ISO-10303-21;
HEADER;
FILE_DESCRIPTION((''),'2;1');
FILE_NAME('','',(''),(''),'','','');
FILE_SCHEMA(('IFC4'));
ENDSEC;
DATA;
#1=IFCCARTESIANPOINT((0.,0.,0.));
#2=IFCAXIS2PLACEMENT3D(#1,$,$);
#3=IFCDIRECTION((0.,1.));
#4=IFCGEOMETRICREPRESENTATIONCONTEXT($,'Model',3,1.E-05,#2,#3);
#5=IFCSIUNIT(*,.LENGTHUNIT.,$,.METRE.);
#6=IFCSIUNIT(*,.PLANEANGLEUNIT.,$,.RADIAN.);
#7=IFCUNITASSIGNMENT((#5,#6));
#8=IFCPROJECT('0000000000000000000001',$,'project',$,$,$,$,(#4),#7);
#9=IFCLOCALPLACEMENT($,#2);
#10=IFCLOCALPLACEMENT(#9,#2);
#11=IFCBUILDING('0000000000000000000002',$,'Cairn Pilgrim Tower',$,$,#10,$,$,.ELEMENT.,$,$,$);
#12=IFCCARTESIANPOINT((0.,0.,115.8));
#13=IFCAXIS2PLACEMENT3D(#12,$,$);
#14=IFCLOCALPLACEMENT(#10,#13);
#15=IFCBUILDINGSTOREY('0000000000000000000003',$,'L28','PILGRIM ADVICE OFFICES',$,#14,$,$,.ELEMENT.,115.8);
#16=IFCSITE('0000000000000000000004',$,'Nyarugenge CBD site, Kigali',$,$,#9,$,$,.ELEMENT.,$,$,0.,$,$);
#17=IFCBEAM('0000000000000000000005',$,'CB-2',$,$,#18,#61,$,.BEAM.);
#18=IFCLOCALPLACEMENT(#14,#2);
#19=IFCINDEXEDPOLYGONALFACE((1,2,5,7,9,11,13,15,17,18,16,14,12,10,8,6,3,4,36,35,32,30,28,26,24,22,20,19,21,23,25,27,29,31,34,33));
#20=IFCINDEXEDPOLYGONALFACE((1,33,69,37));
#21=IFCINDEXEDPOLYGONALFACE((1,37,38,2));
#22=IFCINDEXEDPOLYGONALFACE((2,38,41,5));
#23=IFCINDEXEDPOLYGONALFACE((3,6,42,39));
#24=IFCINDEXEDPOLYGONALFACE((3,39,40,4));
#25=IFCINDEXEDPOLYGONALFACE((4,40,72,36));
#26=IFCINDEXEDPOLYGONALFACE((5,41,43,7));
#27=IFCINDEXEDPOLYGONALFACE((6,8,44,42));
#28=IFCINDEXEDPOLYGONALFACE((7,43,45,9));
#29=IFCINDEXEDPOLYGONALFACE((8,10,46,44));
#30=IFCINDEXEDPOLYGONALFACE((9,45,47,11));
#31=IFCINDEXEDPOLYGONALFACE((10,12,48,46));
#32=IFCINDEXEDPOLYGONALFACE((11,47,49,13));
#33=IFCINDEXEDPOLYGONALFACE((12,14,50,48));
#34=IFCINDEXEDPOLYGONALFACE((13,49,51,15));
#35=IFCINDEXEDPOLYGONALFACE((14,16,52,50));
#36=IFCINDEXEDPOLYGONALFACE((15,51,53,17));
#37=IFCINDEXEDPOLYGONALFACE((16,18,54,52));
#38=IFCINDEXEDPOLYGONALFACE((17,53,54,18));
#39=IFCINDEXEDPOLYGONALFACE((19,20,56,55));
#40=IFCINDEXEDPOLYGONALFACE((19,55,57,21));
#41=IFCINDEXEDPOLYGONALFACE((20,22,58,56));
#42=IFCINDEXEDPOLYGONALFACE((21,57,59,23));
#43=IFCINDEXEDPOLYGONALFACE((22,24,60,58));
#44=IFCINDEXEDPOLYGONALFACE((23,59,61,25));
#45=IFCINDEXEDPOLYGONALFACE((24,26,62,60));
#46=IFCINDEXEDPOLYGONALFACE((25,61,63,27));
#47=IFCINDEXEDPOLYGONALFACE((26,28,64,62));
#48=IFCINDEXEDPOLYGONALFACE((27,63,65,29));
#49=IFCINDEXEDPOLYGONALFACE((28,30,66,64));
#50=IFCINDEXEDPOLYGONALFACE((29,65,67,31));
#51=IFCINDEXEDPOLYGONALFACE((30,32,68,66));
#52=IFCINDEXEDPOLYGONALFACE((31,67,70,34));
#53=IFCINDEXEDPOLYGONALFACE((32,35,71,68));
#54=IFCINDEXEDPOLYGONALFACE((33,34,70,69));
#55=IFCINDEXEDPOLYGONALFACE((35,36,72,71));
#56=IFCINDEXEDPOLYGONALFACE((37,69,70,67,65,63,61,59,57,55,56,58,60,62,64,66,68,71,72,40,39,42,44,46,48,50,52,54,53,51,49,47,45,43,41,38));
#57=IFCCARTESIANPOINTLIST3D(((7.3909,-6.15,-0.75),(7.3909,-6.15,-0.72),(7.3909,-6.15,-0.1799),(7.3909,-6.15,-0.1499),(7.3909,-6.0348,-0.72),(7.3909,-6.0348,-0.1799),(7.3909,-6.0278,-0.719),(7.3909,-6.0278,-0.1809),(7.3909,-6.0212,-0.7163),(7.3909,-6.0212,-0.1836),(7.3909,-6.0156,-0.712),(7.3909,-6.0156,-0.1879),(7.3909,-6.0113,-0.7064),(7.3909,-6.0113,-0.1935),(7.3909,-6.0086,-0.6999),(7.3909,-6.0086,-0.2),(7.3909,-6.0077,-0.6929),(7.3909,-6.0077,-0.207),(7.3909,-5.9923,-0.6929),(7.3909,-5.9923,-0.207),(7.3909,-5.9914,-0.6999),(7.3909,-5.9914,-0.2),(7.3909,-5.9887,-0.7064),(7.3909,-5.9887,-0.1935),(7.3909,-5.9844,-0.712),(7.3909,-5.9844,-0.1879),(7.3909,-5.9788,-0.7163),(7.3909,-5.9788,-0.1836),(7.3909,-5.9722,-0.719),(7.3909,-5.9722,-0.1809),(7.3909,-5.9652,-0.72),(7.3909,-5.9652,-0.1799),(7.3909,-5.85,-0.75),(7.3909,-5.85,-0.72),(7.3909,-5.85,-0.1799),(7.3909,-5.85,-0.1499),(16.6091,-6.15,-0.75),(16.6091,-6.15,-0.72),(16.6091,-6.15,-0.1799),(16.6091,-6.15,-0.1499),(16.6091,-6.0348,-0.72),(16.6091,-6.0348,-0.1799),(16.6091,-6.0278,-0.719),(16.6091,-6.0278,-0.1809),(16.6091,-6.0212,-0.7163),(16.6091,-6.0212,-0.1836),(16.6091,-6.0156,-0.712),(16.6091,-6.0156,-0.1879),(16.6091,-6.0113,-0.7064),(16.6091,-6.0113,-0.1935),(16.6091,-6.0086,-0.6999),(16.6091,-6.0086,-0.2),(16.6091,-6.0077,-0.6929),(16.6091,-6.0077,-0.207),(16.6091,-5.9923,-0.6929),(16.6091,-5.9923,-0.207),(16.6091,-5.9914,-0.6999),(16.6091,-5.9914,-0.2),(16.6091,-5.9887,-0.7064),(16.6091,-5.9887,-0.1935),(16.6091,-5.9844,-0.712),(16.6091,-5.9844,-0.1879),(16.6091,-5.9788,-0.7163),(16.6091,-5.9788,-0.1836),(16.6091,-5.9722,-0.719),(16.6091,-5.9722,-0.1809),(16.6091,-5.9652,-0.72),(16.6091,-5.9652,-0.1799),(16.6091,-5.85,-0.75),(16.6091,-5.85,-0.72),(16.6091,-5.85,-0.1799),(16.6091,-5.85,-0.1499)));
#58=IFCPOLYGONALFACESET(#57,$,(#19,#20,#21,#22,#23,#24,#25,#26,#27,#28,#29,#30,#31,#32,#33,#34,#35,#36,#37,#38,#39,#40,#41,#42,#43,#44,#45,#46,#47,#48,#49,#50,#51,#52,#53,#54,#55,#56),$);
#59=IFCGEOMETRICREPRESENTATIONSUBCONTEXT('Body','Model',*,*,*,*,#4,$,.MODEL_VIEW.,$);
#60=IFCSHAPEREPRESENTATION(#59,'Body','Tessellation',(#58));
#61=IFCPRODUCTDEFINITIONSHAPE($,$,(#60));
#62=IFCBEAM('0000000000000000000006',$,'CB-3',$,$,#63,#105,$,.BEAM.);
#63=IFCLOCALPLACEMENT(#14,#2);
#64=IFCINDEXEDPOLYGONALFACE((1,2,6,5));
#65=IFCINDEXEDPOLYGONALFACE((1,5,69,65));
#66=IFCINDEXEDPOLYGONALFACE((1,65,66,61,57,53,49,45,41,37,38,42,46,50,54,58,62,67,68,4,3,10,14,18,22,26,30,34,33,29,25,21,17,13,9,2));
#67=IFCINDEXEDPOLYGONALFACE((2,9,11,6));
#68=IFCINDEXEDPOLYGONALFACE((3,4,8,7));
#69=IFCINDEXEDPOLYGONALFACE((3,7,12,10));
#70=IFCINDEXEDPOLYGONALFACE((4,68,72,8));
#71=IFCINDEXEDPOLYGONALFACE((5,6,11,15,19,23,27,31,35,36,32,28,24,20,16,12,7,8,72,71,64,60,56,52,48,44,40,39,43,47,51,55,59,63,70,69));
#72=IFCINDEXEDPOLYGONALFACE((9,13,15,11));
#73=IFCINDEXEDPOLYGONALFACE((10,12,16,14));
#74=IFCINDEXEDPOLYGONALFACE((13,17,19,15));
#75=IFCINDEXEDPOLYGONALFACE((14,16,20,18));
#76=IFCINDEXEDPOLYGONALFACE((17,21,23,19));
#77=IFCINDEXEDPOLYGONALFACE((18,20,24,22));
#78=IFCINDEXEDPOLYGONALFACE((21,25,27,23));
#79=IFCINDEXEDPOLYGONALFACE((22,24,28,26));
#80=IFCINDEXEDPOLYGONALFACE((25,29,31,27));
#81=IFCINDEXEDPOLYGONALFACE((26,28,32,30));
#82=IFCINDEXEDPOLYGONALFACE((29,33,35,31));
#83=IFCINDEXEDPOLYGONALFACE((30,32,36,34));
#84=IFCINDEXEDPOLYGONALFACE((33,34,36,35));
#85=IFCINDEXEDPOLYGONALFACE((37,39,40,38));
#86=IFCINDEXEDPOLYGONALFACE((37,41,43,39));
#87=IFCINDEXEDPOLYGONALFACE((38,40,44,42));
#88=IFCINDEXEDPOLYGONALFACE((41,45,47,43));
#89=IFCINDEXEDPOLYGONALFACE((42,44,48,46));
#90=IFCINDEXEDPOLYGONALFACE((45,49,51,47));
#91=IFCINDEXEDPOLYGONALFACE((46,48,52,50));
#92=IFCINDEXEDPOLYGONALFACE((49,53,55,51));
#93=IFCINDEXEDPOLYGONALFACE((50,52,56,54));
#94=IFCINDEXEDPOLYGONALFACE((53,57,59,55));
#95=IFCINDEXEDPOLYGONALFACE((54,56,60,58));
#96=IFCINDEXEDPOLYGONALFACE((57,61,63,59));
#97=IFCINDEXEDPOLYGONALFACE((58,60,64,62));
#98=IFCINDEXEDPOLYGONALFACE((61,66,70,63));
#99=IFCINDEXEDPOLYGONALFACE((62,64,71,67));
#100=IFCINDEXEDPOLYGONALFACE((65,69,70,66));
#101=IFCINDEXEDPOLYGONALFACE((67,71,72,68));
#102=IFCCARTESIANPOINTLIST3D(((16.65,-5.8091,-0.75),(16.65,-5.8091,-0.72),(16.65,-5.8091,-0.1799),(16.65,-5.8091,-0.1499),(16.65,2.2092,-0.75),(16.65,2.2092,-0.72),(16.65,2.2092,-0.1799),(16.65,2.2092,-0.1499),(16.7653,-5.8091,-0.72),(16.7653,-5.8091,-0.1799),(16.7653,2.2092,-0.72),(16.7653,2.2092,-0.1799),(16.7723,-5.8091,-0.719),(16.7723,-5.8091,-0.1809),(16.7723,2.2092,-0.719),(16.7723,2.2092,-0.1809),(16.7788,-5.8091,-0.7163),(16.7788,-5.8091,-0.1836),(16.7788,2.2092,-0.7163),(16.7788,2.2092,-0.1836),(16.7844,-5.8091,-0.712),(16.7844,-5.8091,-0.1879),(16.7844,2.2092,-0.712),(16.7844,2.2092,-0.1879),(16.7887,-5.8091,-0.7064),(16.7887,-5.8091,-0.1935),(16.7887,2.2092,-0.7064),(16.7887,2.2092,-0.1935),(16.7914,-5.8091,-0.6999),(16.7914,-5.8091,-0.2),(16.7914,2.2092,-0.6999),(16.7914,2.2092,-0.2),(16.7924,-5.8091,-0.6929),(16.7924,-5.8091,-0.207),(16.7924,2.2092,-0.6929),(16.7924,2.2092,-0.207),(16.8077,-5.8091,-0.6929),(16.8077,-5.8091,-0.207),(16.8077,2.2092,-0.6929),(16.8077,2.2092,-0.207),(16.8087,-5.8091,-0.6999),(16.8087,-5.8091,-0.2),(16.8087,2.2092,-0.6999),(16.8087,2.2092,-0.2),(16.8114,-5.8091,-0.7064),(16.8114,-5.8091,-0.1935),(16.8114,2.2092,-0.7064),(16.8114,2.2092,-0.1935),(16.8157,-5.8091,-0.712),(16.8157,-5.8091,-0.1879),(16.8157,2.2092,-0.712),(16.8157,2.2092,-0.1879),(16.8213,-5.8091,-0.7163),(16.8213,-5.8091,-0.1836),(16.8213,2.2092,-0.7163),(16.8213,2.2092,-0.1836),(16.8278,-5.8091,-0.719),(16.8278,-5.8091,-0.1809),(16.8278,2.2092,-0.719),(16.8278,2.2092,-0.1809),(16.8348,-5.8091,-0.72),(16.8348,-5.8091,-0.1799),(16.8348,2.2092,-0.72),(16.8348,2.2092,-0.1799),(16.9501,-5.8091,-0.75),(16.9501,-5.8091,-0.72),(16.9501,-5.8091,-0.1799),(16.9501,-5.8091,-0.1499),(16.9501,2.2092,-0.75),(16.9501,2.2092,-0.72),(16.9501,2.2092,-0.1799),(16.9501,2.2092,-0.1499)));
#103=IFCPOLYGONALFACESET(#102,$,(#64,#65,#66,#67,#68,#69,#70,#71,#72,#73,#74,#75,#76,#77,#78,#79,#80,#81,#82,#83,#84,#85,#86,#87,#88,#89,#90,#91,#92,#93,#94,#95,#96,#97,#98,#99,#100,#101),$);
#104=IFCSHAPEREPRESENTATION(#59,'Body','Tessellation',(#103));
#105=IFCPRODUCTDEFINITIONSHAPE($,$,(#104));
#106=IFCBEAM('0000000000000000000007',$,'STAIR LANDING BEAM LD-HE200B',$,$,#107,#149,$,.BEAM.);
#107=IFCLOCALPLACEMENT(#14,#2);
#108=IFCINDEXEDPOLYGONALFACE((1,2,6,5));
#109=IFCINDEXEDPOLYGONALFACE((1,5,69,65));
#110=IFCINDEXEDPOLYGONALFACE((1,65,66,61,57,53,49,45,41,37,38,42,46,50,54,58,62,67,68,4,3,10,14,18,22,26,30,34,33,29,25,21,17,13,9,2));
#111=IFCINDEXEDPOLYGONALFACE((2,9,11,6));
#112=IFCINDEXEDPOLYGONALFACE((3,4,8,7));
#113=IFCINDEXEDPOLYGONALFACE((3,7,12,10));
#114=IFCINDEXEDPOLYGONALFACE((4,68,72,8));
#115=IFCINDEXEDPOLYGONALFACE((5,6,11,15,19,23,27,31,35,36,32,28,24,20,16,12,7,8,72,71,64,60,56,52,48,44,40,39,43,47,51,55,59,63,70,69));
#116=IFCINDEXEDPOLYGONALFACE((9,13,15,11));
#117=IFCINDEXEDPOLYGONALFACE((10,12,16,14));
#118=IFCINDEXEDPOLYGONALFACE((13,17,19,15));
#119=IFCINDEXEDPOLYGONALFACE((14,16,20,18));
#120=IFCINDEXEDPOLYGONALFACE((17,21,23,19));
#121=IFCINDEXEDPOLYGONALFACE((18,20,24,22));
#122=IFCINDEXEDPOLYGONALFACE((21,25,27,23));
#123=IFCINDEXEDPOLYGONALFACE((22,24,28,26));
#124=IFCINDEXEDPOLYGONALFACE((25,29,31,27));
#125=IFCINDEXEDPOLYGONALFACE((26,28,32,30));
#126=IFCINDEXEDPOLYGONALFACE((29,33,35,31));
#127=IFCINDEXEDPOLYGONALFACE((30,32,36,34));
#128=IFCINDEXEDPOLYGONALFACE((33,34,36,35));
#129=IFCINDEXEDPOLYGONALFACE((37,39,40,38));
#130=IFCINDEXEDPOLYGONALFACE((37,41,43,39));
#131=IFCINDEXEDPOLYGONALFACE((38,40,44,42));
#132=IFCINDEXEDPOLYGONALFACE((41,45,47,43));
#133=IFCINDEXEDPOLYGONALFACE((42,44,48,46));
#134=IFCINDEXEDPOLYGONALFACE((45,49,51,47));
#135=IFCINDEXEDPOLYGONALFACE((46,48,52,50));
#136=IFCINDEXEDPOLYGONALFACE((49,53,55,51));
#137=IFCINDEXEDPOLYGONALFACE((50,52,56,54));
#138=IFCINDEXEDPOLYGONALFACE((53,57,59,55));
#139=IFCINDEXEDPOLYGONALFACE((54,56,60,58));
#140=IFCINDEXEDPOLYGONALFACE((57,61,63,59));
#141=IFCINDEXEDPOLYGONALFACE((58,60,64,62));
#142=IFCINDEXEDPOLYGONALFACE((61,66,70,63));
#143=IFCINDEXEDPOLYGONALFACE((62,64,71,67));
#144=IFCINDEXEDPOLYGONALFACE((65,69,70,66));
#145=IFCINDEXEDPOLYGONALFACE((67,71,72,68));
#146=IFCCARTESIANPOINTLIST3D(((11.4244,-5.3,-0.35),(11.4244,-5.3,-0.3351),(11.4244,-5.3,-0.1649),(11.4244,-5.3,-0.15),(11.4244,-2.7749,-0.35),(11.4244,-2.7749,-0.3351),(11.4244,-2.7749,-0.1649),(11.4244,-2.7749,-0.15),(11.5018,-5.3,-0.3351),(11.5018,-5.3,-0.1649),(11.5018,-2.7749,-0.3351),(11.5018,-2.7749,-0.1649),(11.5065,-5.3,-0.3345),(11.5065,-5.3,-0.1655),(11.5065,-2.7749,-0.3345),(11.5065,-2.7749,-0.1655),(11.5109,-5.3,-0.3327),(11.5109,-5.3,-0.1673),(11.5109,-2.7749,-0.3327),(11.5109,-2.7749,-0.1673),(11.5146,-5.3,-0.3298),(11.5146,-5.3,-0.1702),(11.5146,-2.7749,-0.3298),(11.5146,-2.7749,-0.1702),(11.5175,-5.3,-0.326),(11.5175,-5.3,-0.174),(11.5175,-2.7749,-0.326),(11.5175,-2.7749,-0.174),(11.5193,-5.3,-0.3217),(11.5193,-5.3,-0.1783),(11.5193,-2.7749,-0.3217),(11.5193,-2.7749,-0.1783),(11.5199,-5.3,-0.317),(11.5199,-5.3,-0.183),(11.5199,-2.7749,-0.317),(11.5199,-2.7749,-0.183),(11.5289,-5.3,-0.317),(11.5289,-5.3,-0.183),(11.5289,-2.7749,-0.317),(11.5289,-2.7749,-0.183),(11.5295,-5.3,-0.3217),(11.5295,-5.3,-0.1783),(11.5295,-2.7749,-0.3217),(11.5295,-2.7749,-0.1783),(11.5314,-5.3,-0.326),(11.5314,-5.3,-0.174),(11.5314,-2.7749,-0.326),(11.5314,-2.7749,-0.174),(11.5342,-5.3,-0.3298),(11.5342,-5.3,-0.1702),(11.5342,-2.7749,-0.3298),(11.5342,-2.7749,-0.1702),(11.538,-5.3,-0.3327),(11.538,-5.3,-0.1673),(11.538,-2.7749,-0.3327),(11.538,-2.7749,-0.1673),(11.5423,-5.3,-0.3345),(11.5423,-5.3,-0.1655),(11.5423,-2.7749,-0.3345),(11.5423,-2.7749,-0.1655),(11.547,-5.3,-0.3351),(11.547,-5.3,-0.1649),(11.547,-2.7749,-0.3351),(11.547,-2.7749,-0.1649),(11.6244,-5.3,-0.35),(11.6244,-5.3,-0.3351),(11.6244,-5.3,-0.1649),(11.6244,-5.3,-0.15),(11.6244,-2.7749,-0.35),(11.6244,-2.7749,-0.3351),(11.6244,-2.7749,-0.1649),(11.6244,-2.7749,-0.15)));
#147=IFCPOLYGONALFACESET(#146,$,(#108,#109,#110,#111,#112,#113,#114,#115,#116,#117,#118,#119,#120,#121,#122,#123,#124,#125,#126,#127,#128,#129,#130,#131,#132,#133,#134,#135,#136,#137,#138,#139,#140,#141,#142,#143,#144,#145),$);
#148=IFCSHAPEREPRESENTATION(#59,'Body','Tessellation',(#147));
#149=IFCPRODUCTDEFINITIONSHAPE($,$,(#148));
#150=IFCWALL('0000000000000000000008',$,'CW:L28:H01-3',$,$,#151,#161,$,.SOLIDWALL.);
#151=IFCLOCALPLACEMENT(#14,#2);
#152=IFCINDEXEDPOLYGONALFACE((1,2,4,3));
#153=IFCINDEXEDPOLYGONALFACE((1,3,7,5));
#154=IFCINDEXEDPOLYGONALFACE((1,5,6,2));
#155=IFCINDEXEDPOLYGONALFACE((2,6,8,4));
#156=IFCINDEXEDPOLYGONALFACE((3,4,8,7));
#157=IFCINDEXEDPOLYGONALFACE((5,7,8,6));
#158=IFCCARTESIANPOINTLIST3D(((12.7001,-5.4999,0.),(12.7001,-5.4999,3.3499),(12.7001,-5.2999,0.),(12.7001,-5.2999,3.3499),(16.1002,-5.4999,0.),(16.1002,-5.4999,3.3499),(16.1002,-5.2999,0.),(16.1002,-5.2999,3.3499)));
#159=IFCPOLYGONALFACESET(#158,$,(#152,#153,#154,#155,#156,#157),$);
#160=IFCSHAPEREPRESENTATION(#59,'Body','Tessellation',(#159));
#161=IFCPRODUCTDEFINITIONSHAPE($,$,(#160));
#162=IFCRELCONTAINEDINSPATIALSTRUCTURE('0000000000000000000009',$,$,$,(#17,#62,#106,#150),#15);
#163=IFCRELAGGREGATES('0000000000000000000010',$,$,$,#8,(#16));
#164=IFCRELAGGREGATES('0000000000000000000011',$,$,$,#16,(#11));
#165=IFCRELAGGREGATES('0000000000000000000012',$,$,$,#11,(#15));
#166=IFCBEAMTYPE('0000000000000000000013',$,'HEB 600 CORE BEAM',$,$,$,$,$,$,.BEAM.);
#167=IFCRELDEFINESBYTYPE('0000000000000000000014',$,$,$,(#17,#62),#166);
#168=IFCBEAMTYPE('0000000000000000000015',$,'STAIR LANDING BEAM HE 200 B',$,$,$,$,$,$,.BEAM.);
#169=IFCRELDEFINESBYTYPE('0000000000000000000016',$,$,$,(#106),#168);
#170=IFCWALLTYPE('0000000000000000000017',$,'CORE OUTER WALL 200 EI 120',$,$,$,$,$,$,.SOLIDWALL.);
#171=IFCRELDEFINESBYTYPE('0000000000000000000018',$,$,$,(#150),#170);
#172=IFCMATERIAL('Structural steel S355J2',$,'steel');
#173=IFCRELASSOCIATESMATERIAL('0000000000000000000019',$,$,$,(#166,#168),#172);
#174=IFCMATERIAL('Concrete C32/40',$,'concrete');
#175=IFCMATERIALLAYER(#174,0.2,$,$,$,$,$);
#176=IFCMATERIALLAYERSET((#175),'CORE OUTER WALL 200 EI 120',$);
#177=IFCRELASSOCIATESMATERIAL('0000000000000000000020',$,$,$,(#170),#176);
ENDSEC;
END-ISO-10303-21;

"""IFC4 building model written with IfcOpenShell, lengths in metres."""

from ifc_helpers import new_model, si_unit, direction, frame, frame_2d, origin, origin_2d, place, context, subcontext, project, spatial, rectangle, i_section, extrude, material, layer, layer_set, material_profile, profile_set, type_object, element, save


model = new_model("IFC4")

# Units and contexts
model_context = context("Model", 3, precision=1e-05, world=origin(), true_north=direction((0.0, 1.0)))
body_context = subcontext(model_context, "Body", "Model", "MODEL_VIEW")
ifc_project = project(units=[si_unit("LENGTHUNIT", "METRE"), si_unit("PLANEANGLEUNIT", "RADIAN")], contexts=[model_context])

# Site, building, storey
site_placement = place(None, origin())
site = spatial("IfcSite", under=ifc_project, at=site_placement, Name="Nyarugenge CBD site, Kigali", CompositionType="ELEMENT", RefElevation=0.0)
building_placement = place(site_placement, origin())
building = spatial("IfcBuilding", under=site, at=building_placement, Name="Cairn Pilgrim Tower", CompositionType="ELEMENT")
storey_placement = place(building_placement, frame((0.0, 0.0, 115.8)))
storey = spatial("IfcBuildingStorey", under=building, at=storey_placement, Name="L28", Description="PILGRIM ADVICE OFFICES", CompositionType="ELEMENT", Elevation=115.8)

# Beams
ifc_material_1 = material(Name="Structural steel S355J2", Category="steel")
ifc_material_profile_1 = material_profile(ifc_material_1, i_section(OverallWidth=0.3, OverallDepth=0.6001, WebThickness=0.0154, FlangeThickness=0.03, FilletRadius=0.0271, at=origin_2d()), Name="HEB 600")
ifc_profile_set_1 = profile_set([ifc_material_profile_1], Name="Structural steel S355J2")
beam_type_1 = type_object("IfcBeamType", Name="HEB 600 CORE BEAM", PredefinedType="BEAM", material=ifc_profile_set_1)
beam_1_placement = place(storey_placement, frame((7.3909, -6.0, -0.45), z_axis=(1.0, 0.0, 0.0), x_axis=(0.0, 1.0, 0.0)))
element("IfcBeam", 1, at=beam_1_placement, inside=storey, type_object=beam_type_1, Name="CB-2", PredefinedType="BEAM", context=body_context, shape_type="SweptSolid", body=[
    extrude(i_section(OverallWidth=0.3, OverallDepth=0.6001, WebThickness=0.0154, FlangeThickness=0.03, FilletRadius=0.0271, at=origin_2d()), origin(), (0.0, 0.0, 1.0), 9.2183),
])
beam_2_placement = place(storey_placement, frame((16.8, -5.8091, -0.45), z_axis=(0.0, 1.0, 0.0), x_axis=(-1.0, 0.0, 0.0)))
element("IfcBeam", 2, at=beam_2_placement, inside=storey, type_object=beam_type_1, Name="CB-3", PredefinedType="BEAM", context=body_context, shape_type="SweptSolid", body=[
    extrude(i_section(OverallWidth=0.3, OverallDepth=0.6001, WebThickness=0.0154, FlangeThickness=0.03, FilletRadius=0.0271, at=origin_2d()), origin(), (0.0, 0.0, 1.0), 8.0183),
])
ifc_material_profile_2 = material_profile(ifc_material_1, i_section(OverallWidth=0.2, OverallDepth=0.2, WebThickness=0.009, FlangeThickness=0.0149, FilletRadius=0.0181, at=origin_2d()), Name="HE 200 B")
ifc_profile_set_2 = profile_set([ifc_material_profile_2], Name="Structural steel S355J2")
beam_type_2 = type_object("IfcBeamType", Name="STAIR LANDING BEAM HE 200 B", PredefinedType="BEAM", material=ifc_profile_set_2)
beam_3_placement = place(storey_placement, frame((11.5244, -2.7749, -0.25), z_axis=(0.0, -1.0, 0.0), x_axis=(1.0, 0.0, 0.0)))
element("IfcBeam", 3, at=beam_3_placement, inside=storey, type_object=beam_type_2, Name="STAIR LANDING BEAM LD-HE200B", PredefinedType="BEAM", context=body_context, shape_type="SweptSolid", body=[
    extrude(i_section(OverallWidth=0.2, OverallDepth=0.2, WebThickness=0.009, FlangeThickness=0.0149, FilletRadius=0.0181, at=origin_2d()), origin(), (0.0, 0.0, 1.0), 2.5251),
])

# Wall
ifc_material_2 = material(Name="Concrete C32/40", Category="concrete")
ifc_layer_1 = layer(ifc_material_2, 0.2)
ifc_layer_set_1 = layer_set([ifc_layer_1], Name="CORE OUTER WALL 200 EI 120")
wall_type_1 = type_object("IfcWallType", Name="CORE OUTER WALL 200 EI 120", PredefinedType="SOLIDWALL", material=ifc_layer_set_1)
wall_1_placement = place(storey_placement, frame((12.7, -5.3999, 0.0), z_axis=(0.0, 0.0, 1.0), x_axis=(1.0, 0.0, 0.0)))
element("IfcWall", 4, at=wall_1_placement, inside=storey, type_object=wall_type_1, Name="CW:L28:H01-3", PredefinedType="SOLIDWALL", context=body_context, shape_type="SweptSolid", body=[
    extrude(rectangle(XDim=3.4001, YDim=0.2, at=frame_2d((1.7002, 0.0))), origin(), (0.0, 0.0, 1.0), 3.3499),
])

save(model, "model.ifc")
